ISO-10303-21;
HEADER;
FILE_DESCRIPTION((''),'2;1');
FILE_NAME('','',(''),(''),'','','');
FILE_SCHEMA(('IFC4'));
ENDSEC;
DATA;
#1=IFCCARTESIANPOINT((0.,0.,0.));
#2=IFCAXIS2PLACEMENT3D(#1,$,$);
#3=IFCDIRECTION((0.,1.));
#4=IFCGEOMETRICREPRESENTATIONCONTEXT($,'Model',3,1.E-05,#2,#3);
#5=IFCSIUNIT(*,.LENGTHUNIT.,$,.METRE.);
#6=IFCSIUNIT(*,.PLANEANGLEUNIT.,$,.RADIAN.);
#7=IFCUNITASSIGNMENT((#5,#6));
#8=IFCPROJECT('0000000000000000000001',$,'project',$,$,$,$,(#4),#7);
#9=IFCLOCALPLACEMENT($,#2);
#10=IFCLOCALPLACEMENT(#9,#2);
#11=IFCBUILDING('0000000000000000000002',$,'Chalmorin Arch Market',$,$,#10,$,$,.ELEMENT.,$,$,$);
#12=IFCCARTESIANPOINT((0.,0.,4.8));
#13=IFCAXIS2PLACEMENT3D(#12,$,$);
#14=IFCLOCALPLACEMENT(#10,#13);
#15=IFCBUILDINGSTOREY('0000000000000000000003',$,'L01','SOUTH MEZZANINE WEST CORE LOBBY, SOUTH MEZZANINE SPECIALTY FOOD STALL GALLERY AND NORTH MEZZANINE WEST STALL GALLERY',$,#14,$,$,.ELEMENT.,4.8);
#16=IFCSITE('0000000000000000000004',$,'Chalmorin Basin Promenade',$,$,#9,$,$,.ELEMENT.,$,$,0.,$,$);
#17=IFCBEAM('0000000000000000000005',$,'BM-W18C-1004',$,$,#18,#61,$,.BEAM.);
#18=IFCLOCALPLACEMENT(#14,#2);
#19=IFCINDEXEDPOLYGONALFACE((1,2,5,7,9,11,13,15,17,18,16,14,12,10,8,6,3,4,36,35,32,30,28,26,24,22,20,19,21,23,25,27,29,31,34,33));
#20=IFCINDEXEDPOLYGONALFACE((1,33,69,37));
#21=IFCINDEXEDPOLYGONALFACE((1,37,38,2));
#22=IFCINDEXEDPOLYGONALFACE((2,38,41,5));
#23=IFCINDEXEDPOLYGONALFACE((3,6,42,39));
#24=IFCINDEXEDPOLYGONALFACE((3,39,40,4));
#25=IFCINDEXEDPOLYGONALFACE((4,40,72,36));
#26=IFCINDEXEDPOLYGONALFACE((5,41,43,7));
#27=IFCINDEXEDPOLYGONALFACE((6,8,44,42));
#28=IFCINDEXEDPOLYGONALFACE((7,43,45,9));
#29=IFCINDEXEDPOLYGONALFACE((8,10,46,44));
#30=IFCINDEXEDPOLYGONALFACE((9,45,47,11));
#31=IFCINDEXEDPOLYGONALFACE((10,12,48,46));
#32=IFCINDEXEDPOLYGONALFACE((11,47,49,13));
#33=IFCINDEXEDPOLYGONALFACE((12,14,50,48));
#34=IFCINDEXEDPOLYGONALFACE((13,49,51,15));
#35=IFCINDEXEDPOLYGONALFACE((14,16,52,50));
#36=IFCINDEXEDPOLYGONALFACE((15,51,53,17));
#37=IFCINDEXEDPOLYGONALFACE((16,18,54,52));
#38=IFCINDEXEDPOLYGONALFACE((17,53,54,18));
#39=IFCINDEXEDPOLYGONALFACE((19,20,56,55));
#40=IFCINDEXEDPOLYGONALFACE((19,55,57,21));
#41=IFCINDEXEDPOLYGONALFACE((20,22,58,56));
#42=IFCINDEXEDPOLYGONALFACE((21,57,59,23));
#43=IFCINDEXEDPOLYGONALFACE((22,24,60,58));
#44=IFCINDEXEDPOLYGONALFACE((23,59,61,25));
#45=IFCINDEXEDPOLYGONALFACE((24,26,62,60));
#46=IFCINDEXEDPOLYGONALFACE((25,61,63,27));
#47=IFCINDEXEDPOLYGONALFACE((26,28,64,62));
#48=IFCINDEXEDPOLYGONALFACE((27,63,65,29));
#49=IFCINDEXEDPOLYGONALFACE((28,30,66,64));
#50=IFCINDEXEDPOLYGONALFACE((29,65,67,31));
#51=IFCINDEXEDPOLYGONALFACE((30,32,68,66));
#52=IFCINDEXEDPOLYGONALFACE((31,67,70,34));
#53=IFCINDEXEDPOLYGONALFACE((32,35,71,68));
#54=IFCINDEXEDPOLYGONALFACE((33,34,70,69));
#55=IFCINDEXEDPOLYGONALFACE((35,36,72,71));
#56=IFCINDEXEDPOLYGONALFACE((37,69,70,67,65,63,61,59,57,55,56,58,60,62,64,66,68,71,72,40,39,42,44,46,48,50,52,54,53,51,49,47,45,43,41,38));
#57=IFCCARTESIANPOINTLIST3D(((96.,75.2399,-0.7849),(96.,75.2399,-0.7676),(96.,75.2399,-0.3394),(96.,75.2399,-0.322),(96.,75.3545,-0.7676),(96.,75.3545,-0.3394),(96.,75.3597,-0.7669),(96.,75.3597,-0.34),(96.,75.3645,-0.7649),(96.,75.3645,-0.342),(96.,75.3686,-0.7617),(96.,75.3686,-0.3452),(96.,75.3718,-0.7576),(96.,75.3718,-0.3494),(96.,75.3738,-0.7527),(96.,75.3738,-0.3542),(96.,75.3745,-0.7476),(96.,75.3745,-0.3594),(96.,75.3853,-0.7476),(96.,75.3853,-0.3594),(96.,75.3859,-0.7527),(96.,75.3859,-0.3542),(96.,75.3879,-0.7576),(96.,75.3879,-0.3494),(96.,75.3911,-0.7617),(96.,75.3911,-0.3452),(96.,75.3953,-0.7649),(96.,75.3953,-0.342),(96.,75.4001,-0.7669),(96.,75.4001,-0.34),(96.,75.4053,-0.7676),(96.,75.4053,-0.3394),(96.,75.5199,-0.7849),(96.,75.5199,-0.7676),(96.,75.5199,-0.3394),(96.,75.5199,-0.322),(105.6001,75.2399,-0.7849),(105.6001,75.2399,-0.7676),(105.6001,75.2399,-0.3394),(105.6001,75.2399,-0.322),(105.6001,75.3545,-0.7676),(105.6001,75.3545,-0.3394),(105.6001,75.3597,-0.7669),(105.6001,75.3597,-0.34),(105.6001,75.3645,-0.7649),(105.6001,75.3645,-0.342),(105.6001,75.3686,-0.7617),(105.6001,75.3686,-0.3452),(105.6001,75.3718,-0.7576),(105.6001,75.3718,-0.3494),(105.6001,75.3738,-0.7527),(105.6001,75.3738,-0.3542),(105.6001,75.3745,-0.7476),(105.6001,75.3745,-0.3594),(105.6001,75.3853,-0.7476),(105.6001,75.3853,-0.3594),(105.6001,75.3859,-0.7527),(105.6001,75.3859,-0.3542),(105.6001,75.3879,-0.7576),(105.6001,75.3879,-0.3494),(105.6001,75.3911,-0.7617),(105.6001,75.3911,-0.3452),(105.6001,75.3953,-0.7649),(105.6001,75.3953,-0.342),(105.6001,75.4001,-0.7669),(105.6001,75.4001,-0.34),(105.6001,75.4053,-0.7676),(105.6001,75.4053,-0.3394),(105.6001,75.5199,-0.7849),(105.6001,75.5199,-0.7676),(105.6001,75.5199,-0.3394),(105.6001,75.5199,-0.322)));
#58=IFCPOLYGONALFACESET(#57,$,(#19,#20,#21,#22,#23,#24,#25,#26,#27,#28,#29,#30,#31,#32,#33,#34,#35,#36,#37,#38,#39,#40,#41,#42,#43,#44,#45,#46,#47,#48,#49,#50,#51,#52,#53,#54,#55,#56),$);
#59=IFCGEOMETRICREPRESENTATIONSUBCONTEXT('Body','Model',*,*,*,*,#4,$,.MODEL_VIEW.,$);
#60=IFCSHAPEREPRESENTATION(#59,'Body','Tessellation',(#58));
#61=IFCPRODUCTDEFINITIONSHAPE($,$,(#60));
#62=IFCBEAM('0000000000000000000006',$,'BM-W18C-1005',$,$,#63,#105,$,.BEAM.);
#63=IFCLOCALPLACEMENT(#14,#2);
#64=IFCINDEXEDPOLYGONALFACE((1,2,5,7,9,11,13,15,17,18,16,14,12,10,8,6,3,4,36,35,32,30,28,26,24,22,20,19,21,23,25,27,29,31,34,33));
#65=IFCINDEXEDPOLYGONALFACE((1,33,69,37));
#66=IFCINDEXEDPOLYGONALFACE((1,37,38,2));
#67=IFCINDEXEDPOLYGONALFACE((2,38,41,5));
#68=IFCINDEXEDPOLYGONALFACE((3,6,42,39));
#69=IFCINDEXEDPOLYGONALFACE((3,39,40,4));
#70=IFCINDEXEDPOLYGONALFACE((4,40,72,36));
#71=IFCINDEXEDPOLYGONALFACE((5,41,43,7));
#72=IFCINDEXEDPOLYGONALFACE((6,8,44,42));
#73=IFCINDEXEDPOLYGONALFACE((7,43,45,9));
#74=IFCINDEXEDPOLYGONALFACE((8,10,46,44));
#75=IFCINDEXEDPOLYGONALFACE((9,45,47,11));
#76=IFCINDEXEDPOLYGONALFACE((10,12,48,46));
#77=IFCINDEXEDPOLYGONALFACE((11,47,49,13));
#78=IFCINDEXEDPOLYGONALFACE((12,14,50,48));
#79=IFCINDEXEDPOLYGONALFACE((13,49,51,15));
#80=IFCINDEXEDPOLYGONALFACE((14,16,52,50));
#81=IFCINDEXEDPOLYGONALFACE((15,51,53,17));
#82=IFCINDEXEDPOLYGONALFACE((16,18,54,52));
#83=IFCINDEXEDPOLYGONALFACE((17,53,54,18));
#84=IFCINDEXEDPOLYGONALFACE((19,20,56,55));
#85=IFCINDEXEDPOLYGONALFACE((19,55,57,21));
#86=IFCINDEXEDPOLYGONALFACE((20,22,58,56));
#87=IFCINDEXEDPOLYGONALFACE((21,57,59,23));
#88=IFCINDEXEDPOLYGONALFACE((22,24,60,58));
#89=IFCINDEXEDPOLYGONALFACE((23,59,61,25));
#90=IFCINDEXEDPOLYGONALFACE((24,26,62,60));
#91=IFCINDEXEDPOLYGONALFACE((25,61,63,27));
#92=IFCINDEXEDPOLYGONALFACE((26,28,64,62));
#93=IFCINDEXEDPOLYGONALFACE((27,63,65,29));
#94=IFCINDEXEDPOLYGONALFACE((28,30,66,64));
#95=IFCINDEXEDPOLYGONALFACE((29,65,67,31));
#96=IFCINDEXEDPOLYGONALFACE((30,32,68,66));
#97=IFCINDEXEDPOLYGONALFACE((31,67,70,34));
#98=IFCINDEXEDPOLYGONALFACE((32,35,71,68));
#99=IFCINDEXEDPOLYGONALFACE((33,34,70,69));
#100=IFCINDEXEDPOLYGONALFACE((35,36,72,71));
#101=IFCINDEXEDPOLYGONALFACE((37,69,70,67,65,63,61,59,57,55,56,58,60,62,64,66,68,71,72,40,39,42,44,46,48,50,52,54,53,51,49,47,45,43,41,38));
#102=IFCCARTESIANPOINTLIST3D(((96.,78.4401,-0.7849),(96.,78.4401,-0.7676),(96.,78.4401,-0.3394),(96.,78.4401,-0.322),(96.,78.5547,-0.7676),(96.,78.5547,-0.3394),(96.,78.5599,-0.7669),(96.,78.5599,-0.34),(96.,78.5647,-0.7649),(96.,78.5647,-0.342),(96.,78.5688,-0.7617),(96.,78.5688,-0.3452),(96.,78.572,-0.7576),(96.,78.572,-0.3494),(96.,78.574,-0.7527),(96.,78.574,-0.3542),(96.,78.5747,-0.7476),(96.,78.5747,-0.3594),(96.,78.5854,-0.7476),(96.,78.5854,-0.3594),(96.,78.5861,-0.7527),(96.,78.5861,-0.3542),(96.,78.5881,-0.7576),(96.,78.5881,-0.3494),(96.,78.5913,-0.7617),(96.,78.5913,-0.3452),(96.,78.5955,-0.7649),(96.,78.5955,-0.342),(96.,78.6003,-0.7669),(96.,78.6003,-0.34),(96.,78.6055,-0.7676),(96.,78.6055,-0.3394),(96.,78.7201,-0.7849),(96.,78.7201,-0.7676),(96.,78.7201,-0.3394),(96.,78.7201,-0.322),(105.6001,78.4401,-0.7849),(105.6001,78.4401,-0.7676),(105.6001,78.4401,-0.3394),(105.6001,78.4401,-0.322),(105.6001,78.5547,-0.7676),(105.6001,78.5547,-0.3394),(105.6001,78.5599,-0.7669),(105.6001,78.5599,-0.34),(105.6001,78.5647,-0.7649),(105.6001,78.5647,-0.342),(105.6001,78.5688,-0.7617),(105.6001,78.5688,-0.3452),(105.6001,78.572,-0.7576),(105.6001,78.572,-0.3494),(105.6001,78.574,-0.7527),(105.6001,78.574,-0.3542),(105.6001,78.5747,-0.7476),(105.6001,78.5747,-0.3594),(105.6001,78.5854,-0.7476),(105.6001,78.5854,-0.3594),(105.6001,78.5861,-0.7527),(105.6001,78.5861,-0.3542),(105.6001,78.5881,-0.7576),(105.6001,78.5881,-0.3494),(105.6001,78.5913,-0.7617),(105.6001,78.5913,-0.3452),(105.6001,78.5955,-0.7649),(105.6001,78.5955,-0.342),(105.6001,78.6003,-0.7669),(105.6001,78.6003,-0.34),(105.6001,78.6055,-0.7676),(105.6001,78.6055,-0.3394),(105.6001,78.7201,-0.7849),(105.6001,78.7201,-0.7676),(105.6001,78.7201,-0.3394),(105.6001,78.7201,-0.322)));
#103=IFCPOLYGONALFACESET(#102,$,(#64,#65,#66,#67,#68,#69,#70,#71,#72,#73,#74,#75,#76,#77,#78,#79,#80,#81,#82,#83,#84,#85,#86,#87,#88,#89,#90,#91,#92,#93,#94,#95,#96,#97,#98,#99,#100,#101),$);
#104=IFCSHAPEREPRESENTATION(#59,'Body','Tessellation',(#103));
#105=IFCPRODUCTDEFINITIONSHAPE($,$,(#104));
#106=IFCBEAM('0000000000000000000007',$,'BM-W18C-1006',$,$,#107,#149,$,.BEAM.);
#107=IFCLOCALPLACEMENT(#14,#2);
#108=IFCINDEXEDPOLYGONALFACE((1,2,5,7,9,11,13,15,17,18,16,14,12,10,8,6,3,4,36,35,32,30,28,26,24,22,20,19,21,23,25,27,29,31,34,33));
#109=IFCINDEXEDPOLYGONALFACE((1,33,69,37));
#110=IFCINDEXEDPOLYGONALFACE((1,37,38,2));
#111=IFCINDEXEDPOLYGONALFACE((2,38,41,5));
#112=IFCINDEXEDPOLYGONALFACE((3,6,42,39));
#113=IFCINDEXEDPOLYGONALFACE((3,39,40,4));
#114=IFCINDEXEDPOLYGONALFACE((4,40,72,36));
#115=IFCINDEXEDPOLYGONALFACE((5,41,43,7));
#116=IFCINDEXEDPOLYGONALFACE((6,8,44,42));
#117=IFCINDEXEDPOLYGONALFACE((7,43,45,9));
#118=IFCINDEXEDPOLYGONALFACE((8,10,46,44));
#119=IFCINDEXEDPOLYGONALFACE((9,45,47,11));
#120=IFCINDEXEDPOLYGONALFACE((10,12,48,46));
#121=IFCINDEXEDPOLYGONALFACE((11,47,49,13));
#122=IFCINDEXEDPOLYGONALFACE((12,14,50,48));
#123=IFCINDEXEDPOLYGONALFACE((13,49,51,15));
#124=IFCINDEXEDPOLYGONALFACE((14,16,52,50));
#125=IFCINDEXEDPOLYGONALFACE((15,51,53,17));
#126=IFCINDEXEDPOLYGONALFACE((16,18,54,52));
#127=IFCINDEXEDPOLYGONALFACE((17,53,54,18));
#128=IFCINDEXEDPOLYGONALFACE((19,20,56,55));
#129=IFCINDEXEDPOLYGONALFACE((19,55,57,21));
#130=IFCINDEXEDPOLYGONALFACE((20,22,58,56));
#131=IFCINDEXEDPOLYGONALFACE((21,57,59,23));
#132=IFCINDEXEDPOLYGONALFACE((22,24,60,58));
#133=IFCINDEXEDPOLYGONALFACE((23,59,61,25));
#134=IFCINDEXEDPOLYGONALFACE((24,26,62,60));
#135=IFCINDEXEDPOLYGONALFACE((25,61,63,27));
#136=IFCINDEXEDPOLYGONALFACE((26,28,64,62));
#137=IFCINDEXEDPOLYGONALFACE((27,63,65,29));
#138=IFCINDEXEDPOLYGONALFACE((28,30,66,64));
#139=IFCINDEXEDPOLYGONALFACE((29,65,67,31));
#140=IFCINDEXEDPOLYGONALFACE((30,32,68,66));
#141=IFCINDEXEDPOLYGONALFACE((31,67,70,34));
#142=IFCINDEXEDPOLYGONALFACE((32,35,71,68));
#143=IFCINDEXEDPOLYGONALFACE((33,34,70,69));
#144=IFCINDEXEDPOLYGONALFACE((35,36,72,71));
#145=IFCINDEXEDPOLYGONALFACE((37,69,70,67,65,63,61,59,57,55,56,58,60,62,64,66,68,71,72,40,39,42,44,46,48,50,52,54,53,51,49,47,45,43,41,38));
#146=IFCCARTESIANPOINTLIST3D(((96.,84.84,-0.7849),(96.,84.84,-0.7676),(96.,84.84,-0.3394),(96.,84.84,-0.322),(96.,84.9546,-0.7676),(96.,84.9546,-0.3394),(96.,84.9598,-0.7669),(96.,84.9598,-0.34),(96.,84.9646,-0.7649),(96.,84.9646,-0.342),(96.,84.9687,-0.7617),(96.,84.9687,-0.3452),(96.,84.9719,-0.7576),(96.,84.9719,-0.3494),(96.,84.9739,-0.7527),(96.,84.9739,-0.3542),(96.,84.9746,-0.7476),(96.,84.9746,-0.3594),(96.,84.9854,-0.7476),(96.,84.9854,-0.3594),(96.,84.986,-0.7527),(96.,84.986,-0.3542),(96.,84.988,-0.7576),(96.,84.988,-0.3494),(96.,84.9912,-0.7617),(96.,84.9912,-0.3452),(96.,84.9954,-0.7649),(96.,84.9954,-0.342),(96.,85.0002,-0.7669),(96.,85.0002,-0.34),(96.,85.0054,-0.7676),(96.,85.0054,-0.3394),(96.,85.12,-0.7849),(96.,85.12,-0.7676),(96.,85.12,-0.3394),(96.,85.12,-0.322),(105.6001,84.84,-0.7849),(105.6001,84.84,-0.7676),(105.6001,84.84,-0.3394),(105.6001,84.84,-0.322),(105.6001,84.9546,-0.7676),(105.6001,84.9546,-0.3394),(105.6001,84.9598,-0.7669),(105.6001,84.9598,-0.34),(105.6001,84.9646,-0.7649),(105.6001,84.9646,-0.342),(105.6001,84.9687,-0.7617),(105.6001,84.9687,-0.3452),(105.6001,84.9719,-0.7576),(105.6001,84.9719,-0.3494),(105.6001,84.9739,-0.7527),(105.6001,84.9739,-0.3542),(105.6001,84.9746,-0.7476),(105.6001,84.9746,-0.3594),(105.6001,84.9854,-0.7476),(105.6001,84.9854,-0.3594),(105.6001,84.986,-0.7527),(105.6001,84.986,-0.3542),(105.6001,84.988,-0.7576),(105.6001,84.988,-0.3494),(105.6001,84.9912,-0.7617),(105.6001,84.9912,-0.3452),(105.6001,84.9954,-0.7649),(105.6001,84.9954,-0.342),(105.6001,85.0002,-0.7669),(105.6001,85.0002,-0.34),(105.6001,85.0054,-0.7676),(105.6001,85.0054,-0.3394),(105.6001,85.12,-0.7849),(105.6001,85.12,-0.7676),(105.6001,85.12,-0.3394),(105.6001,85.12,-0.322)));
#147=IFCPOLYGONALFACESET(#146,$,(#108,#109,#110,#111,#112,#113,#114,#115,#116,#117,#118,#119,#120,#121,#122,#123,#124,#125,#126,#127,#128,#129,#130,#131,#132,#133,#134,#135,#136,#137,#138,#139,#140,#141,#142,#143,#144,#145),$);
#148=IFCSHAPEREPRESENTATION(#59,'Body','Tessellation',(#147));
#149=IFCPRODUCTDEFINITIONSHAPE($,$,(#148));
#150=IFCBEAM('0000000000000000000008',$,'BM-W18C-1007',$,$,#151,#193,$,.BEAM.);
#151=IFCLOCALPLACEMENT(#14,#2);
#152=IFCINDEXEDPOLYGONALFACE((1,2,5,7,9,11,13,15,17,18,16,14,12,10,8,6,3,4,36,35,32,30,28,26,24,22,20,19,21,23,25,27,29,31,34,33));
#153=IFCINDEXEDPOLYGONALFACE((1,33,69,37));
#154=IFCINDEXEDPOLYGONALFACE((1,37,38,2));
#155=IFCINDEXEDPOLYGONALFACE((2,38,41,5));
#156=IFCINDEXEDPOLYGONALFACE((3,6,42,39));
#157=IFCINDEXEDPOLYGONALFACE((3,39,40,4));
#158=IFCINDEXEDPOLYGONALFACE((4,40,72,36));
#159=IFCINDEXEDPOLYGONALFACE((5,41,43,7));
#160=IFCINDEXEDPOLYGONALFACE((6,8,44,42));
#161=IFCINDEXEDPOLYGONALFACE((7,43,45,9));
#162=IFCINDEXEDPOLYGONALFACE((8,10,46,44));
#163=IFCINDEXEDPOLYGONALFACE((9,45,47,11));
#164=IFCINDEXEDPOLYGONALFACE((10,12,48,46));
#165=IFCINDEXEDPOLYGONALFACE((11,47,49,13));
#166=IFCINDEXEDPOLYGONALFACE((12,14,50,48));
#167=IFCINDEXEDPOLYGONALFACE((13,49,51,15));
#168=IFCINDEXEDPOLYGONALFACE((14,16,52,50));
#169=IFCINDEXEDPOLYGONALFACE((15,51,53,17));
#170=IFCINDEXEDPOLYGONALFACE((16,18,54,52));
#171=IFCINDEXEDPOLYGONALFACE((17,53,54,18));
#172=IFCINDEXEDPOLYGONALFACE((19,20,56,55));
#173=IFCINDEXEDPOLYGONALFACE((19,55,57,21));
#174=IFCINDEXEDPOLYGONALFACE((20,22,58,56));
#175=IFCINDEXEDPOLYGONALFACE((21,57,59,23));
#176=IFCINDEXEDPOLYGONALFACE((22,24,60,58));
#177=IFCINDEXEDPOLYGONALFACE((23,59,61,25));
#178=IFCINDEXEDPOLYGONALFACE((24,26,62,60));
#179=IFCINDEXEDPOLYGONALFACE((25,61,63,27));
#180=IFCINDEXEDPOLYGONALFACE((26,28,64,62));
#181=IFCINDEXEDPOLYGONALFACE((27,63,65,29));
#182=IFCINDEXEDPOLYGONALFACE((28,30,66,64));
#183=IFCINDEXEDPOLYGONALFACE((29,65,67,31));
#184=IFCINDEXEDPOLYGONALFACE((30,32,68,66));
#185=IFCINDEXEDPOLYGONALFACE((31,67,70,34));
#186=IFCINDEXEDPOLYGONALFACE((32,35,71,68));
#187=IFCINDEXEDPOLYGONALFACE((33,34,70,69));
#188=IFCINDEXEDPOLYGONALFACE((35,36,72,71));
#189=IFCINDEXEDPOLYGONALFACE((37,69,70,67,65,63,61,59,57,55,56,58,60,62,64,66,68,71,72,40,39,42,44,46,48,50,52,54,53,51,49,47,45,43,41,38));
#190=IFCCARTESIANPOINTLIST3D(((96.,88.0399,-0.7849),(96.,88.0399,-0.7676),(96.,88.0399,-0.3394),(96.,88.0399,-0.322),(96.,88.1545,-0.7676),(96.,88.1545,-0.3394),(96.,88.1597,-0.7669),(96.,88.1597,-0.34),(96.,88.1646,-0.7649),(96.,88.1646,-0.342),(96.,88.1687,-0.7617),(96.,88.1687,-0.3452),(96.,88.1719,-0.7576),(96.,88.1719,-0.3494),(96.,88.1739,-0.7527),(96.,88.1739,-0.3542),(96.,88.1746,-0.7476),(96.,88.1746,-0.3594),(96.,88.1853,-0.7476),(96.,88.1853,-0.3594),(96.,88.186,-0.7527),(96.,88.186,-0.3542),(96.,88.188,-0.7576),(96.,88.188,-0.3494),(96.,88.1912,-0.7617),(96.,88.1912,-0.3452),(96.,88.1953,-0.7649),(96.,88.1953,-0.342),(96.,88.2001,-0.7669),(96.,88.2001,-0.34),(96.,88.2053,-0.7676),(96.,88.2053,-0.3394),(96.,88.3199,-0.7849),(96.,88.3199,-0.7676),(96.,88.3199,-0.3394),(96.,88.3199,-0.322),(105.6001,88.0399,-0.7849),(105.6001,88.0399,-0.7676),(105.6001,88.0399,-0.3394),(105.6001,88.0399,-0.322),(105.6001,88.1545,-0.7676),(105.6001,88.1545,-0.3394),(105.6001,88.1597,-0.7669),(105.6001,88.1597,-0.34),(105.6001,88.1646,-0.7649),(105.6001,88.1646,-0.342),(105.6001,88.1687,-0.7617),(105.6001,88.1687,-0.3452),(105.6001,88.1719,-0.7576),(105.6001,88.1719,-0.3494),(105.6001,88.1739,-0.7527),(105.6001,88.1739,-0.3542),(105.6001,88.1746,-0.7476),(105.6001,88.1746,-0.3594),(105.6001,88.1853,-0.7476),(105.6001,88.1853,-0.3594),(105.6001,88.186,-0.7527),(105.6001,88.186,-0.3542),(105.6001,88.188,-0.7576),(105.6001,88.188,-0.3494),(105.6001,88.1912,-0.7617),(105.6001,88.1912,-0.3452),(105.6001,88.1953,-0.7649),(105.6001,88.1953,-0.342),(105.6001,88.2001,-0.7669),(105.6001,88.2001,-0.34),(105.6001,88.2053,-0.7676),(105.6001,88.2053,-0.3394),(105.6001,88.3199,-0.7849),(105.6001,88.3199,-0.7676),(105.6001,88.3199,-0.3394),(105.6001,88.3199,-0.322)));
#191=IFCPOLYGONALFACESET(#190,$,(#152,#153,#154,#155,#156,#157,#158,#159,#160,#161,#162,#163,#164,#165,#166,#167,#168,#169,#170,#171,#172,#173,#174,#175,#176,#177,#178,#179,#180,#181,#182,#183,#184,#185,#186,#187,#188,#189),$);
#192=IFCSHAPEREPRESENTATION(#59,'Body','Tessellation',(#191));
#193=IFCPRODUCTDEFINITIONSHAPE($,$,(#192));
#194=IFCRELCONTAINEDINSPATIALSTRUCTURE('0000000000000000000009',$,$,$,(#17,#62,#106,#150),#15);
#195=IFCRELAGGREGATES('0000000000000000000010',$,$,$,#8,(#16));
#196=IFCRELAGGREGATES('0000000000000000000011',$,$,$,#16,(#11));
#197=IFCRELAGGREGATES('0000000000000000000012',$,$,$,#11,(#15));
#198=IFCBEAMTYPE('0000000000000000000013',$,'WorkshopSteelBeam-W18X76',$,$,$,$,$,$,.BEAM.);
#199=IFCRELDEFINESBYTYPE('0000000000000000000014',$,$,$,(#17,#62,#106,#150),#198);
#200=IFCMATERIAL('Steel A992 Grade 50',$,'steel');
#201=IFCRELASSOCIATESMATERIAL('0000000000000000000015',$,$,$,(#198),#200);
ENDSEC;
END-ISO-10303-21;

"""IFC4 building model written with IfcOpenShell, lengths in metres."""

from ifc_helpers import new_model, si_unit, direction, frame, origin, origin_2d, place, context, subcontext, project, spatial, i_section, extrude, material, material_profile, profile_set, type_object, element, save


model = new_model("IFC4")

# Units and contexts
model_context = context("Model", 3, precision=1e-05, world=origin(), true_north=direction((0.0, 1.0)))
body_context = subcontext(model_context, "Body", "Model", "MODEL_VIEW")
ifc_project = project(units=[si_unit("LENGTHUNIT", "METRE"), si_unit("PLANEANGLEUNIT", "RADIAN")], contexts=[model_context])

# Site, building, storey
site_placement = place(None, origin())
site = spatial("IfcSite", under=ifc_project, at=site_placement, Name="Chalmorin Basin Promenade", CompositionType="ELEMENT", RefElevation=0.0)
building_placement = place(site_placement, origin())
building = spatial("IfcBuilding", under=site, at=building_placement, Name="Chalmorin Arch Market", CompositionType="ELEMENT")
storey_placement = place(building_placement, frame((0.0, 0.0, 4.8)))
storey = spatial("IfcBuildingStorey", under=building, at=storey_placement, Name="L01", Description="SOUTH MEZZANINE WEST CORE LOBBY, SOUTH MEZZANINE SPECIALTY FOOD STALL GALLERY AND NORTH MEZZANINE WEST STALL GALLERY", CompositionType="ELEMENT", Elevation=4.8)

# Beams
ifc_material_1 = material(Name="Steel A992 Grade 50", Category="steel")
ifc_material_profile_1 = material_profile(ifc_material_1, i_section(OverallWidth=0.28, OverallDepth=0.4629, WebThickness=0.0107, FlangeThickness=0.0173, FilletRadius=0.02, at=origin_2d()), Name="W18X76")
ifc_profile_set_1 = profile_set([ifc_material_profile_1], Name="Steel A992 Grade 50")
beam_type_1 = type_object("IfcBeamType", Name="WorkshopSteelBeam-W18X76", PredefinedType="BEAM", material=ifc_profile_set_1)
for number, where, z_axis, x_axis, name in (
    (1, (96.0, 75.3799, -0.5535), (1.0, 0.0, 0.0), (0.0, 1.0, 0.0), "BM-W18C-1004"),
    (2, (96.0, 78.5801, -0.5535), (1.0, 0.0, 0.0), (0.0, 1.0, 0.0), "BM-W18C-1005"),
    (3, (96.0, 84.98, -0.5535), (1.0, 0.0, 0.0), (0.0, 1.0, 0.0), "BM-W18C-1006"),
    (4, (96.0, 88.1799, -0.5535), (1.0, 0.0, 0.0), (0.0, 1.0, 0.0), "BM-W18C-1007"),
):
    element("IfcBeam", number, at=place(storey_placement, frame(where, z_axis=z_axis, x_axis=x_axis)), inside=storey, type_object=beam_type_1, Name=name, PredefinedType="BEAM", context=body_context, shape_type="SweptSolid", body=[
        extrude(i_section(OverallWidth=0.28, OverallDepth=0.4629, WebThickness=0.0107, FlangeThickness=0.0173, FilletRadius=0.02, at=origin_2d()), origin(), (0.0, 0.0, 1.0), 9.6001),
    ])

save(model, "model.ifc")
